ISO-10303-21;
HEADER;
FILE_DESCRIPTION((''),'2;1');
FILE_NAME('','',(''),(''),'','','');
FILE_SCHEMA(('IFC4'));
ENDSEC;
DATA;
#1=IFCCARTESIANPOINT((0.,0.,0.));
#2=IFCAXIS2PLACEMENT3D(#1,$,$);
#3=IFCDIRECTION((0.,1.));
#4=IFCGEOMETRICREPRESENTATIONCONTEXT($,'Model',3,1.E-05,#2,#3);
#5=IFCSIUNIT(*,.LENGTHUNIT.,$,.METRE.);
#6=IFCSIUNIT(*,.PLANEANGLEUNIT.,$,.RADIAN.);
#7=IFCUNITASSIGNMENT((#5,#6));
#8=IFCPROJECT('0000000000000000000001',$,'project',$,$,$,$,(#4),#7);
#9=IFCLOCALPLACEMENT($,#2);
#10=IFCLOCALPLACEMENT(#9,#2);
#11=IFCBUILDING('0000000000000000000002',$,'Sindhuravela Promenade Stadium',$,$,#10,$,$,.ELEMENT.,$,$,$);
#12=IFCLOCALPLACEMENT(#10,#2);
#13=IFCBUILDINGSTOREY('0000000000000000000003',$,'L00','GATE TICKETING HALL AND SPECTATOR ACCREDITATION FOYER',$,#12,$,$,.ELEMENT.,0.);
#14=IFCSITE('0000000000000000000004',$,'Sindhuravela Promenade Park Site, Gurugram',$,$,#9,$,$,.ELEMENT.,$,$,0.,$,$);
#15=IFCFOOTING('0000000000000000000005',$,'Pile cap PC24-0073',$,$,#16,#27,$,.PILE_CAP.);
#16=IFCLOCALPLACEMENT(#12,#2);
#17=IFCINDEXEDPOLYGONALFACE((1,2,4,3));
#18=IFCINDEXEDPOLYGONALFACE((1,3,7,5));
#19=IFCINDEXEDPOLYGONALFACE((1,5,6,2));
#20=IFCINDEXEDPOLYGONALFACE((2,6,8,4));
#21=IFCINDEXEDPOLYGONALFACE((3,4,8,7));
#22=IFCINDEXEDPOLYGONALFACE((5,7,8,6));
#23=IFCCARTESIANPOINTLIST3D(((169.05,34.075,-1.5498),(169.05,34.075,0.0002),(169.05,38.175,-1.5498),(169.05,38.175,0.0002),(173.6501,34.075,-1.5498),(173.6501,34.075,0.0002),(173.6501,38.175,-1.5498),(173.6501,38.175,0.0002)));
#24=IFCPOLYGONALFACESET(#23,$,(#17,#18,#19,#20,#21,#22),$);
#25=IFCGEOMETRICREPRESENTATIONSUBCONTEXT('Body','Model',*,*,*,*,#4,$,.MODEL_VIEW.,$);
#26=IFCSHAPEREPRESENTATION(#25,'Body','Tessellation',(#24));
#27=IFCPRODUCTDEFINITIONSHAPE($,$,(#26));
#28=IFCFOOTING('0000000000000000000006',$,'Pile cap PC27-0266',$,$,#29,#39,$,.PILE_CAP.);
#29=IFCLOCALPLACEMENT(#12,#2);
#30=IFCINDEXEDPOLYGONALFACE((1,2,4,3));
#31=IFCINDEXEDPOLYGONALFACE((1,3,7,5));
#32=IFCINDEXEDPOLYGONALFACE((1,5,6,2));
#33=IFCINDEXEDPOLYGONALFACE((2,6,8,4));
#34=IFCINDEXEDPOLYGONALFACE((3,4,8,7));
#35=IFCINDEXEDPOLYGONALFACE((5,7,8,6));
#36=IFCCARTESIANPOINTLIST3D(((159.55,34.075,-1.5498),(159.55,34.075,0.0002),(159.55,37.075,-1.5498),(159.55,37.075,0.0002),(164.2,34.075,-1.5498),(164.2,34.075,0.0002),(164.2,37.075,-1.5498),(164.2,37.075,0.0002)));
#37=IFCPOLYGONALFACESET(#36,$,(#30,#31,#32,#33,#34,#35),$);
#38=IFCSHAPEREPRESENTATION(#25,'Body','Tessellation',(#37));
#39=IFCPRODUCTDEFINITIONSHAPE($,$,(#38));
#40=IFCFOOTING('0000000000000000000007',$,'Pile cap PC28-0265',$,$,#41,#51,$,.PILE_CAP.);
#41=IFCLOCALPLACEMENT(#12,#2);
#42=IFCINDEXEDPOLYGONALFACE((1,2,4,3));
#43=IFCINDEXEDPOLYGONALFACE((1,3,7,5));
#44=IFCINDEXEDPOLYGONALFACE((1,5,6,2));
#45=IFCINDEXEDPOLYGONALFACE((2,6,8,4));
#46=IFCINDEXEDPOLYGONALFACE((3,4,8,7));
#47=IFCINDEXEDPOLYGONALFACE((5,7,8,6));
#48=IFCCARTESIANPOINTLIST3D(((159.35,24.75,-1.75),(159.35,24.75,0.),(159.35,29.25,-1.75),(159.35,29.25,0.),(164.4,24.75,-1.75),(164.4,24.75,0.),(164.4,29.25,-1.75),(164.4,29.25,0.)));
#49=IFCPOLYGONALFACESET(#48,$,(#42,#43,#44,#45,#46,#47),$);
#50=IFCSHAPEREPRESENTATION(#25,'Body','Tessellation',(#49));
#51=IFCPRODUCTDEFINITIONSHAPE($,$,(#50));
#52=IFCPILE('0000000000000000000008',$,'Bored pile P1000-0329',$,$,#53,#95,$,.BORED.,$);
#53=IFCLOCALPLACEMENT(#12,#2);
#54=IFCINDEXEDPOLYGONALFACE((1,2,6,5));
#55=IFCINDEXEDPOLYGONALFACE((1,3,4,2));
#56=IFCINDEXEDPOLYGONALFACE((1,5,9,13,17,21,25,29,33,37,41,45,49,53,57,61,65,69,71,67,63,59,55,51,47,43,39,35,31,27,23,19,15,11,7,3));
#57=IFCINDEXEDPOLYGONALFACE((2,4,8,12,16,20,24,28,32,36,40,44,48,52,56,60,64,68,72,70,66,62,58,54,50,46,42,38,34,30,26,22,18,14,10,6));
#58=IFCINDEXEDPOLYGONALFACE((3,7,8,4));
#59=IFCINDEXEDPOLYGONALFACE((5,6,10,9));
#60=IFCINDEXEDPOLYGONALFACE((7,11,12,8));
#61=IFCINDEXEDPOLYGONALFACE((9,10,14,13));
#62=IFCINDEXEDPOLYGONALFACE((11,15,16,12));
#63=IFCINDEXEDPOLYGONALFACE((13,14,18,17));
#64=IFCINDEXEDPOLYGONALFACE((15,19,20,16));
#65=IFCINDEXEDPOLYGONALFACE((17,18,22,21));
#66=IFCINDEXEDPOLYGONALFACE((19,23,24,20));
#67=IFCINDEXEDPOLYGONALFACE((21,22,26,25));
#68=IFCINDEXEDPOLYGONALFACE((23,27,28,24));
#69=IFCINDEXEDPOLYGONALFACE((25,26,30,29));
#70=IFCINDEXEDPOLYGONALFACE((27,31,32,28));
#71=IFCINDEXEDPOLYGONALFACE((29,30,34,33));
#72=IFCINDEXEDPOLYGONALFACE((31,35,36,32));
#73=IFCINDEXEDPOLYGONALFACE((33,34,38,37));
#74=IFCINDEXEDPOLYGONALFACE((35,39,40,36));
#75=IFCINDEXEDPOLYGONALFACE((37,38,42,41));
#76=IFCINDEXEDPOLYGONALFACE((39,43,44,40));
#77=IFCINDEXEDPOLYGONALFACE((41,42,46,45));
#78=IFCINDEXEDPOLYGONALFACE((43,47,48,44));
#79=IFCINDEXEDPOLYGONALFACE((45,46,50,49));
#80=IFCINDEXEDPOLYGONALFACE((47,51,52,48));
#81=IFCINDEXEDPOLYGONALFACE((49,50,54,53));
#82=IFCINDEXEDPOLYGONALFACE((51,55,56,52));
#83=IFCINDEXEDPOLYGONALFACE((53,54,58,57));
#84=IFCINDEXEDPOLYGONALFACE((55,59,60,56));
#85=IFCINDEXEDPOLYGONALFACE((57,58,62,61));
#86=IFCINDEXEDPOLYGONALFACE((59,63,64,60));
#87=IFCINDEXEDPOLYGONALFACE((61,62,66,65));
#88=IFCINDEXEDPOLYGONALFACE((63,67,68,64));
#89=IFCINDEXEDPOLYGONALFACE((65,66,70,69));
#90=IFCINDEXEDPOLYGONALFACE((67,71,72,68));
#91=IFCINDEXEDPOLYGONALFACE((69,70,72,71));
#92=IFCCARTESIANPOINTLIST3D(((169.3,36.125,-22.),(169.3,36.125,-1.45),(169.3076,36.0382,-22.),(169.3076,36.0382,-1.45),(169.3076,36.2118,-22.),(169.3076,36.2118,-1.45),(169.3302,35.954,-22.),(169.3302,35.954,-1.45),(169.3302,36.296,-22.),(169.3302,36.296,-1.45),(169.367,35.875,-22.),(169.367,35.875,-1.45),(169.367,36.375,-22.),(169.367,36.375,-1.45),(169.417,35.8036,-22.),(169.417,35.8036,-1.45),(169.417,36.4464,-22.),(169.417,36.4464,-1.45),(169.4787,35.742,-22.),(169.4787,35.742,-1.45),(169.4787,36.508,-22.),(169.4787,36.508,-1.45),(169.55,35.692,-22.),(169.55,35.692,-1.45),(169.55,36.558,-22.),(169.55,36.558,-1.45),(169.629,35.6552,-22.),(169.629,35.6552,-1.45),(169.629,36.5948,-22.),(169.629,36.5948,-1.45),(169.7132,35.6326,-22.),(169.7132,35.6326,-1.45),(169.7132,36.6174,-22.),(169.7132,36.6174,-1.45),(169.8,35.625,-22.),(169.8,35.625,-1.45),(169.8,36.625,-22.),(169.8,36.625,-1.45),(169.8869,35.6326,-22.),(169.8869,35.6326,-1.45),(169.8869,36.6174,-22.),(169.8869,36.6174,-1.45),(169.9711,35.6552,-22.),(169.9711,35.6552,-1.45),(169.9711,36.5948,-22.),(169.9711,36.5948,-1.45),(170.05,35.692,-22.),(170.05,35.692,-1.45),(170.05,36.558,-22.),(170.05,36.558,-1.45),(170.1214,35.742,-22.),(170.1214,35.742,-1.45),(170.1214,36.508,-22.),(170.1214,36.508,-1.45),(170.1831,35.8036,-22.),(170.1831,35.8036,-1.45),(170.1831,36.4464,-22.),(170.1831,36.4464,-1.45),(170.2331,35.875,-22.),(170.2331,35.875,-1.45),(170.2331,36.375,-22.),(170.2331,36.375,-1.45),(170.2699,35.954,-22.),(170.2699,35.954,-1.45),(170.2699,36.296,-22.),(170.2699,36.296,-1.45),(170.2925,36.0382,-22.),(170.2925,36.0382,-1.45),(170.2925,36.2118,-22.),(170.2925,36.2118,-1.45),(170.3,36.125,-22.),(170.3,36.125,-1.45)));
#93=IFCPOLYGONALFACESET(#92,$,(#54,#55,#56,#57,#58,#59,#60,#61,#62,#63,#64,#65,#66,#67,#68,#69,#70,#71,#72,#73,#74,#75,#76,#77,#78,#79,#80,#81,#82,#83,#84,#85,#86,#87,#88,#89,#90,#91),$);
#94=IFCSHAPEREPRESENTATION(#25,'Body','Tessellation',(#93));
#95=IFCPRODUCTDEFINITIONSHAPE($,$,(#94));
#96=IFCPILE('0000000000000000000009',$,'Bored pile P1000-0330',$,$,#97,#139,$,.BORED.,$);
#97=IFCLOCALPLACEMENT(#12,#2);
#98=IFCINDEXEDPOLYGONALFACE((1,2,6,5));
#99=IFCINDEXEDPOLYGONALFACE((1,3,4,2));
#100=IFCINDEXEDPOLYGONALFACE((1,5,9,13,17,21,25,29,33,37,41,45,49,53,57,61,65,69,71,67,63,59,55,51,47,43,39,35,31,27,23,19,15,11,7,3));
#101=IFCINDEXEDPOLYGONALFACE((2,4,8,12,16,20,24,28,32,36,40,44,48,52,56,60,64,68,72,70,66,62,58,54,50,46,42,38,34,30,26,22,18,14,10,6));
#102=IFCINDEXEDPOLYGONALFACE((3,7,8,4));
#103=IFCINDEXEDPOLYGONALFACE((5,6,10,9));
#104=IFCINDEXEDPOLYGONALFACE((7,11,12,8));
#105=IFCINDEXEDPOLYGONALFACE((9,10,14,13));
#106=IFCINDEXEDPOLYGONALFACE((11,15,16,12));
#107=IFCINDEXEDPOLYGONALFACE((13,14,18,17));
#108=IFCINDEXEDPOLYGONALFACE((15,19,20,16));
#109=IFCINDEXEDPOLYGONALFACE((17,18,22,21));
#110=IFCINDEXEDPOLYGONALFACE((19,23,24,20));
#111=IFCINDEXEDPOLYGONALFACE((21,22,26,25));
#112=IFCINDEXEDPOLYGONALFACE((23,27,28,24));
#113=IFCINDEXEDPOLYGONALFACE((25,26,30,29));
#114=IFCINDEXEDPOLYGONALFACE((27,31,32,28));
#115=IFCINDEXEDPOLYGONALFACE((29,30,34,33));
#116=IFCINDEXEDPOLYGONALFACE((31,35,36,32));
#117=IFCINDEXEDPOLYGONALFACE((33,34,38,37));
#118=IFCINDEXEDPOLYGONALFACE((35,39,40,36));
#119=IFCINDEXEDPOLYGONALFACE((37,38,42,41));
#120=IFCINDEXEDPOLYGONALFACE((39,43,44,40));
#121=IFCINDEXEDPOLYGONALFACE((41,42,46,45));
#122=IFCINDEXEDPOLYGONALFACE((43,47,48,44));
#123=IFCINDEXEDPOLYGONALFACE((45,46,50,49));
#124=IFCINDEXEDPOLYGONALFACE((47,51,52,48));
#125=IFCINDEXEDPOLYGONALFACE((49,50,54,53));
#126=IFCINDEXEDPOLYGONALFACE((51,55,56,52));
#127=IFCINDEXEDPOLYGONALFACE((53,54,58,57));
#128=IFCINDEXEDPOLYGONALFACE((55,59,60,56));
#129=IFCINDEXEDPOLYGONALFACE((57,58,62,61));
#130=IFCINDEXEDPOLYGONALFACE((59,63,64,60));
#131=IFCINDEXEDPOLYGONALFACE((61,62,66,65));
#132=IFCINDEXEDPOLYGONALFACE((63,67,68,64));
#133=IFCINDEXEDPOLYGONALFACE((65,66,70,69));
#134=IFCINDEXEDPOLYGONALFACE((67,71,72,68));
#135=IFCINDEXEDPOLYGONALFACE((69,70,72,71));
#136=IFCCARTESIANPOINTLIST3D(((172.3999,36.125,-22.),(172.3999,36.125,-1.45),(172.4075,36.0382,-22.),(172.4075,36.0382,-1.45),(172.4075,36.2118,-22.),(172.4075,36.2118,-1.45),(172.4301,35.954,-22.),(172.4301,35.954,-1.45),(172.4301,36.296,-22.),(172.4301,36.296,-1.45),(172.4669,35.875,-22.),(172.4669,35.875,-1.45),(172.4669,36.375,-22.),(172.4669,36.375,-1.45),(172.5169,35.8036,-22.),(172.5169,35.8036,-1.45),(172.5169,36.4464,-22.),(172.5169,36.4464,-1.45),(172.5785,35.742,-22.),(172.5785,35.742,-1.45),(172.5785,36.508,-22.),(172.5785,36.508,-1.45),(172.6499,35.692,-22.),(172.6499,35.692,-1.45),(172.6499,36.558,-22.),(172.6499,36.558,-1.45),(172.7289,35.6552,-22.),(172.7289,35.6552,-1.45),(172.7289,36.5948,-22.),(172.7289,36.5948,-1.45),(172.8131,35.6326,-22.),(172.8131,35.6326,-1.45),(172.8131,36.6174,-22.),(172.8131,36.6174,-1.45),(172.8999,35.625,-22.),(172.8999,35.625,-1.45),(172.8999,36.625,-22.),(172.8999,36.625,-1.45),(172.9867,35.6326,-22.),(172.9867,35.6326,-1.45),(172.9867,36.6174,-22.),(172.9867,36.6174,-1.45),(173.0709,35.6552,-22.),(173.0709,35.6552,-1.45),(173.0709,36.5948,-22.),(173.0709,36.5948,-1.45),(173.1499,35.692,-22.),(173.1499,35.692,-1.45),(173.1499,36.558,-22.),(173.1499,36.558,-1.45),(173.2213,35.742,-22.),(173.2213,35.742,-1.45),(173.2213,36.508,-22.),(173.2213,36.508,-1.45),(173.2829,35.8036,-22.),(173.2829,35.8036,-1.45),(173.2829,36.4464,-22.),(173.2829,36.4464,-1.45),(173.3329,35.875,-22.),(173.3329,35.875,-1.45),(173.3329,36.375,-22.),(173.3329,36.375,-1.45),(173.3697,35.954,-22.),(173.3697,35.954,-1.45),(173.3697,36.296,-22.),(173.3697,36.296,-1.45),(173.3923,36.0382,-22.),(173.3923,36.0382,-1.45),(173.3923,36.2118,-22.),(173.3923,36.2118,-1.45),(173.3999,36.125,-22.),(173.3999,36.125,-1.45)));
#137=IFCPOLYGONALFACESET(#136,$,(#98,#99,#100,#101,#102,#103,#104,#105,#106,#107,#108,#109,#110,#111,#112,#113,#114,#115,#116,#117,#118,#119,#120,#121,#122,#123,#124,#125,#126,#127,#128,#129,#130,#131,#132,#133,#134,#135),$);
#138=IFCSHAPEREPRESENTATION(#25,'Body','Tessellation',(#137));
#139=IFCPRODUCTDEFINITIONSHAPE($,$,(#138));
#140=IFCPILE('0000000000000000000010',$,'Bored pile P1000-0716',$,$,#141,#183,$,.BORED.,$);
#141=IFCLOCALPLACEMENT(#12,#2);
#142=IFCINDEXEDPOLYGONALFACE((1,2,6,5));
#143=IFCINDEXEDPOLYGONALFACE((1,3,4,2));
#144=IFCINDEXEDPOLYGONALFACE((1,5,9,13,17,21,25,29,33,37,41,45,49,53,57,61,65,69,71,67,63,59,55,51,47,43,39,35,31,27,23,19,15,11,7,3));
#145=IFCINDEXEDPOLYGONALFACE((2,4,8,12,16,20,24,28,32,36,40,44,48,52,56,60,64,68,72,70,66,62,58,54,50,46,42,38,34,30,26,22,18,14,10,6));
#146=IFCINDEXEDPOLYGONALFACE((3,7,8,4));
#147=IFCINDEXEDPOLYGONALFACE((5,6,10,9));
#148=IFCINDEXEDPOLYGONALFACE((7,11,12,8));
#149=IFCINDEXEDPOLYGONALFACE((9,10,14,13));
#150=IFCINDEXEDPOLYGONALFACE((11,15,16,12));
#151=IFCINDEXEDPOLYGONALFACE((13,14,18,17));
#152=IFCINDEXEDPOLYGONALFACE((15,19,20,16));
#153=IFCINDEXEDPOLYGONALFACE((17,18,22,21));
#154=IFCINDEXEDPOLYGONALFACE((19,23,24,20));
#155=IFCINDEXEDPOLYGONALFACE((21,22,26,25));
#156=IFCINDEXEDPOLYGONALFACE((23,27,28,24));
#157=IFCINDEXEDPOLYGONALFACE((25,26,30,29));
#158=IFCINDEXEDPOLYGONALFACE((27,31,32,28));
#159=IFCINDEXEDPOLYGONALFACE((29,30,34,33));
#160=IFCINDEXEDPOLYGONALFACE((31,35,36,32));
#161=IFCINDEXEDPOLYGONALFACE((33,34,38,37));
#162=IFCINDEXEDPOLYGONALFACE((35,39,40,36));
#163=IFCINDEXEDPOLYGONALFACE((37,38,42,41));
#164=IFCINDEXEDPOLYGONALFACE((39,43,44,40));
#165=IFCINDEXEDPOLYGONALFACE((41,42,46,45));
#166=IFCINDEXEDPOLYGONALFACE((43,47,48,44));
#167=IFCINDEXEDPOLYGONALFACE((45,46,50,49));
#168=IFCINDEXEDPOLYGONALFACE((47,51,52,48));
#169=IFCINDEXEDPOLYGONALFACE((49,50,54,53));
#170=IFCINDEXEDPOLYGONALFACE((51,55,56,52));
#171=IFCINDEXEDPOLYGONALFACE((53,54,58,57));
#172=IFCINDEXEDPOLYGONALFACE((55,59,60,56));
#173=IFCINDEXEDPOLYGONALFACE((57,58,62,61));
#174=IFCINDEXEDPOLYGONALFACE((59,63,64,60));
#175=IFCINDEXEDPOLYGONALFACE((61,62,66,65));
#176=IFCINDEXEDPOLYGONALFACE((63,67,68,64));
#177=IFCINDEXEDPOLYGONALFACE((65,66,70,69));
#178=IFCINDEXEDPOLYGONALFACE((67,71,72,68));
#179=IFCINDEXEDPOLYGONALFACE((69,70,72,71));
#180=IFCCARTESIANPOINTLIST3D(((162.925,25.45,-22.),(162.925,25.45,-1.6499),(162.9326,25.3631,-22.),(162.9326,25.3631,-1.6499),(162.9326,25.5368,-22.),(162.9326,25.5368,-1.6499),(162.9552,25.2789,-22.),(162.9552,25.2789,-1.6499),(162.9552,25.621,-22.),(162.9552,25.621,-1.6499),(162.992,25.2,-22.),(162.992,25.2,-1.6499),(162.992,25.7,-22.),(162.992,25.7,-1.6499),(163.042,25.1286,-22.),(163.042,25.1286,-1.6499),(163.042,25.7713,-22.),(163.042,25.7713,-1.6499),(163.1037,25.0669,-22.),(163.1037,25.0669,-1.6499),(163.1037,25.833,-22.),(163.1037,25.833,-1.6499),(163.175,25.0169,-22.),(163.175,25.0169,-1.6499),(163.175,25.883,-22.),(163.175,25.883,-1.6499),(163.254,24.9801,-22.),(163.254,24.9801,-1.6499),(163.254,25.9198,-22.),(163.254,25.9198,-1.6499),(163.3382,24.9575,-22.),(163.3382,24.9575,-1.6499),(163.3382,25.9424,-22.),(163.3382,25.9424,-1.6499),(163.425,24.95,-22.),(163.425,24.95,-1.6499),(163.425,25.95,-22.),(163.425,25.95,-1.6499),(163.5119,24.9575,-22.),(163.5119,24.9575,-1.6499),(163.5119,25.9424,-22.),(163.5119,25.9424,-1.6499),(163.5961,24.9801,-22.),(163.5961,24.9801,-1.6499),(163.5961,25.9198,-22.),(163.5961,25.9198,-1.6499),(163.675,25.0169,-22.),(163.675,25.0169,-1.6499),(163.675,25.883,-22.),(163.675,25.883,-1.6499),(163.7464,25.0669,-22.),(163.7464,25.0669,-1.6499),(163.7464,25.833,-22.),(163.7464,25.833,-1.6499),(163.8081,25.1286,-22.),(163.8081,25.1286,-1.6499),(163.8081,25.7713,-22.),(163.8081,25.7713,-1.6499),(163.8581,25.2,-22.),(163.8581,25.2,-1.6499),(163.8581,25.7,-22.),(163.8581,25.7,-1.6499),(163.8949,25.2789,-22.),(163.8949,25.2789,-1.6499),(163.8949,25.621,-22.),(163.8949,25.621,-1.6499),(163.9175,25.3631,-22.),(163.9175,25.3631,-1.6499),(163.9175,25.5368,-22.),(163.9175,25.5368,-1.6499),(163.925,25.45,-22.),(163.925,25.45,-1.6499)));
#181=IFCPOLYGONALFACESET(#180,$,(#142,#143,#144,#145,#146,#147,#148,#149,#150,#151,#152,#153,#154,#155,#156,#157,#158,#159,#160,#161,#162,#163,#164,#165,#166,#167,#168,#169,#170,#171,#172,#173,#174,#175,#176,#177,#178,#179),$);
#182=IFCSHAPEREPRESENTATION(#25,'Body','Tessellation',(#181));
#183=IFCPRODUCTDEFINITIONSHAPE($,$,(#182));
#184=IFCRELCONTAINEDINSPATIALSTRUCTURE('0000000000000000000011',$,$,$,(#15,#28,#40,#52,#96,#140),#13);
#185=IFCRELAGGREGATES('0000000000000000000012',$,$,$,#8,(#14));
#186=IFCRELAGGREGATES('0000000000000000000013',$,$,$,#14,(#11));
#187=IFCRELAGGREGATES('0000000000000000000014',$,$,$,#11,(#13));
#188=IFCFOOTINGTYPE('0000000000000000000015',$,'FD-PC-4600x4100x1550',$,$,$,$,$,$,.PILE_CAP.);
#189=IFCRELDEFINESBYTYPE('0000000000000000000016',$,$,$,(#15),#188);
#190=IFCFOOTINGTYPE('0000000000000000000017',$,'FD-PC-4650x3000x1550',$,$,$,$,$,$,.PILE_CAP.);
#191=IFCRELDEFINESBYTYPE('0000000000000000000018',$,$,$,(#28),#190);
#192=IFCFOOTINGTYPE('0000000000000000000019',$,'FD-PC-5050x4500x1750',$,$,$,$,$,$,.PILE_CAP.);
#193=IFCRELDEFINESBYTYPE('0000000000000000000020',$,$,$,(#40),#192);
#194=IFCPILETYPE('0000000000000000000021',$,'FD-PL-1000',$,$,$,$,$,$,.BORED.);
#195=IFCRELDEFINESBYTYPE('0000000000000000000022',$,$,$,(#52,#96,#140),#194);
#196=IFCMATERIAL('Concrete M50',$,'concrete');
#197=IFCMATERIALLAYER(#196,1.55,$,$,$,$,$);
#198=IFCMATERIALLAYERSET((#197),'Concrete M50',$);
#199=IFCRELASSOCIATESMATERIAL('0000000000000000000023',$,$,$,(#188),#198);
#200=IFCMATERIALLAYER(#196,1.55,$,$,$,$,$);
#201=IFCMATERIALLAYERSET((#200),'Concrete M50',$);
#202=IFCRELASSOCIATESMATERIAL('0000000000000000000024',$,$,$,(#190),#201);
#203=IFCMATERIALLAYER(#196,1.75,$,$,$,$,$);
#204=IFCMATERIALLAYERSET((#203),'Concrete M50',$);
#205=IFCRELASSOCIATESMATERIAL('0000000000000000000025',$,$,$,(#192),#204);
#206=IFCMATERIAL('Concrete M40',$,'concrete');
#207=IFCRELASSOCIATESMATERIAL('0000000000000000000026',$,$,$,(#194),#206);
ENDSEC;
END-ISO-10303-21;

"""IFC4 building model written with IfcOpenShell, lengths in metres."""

from ifc_helpers import new_model, si_unit, direction, frame, origin, origin_2d, place, context, subcontext, project, spatial, rectangle, circle, extrude, material, layer, layer_set, material_profile, profile_set, type_object, element, save


model = new_model("IFC4")

# Units and contexts
model_context = context("Model", 3, precision=1e-05, world=origin(), true_north=direction((0.0, 1.0)))
body_context = subcontext(model_context, "Body", "Model", "MODEL_VIEW")
ifc_project = project(units=[si_unit("LENGTHUNIT", "METRE"), si_unit("PLANEANGLEUNIT", "RADIAN")], contexts=[model_context])

# Site, building, storey
site_placement = place(None, origin())
site = spatial("IfcSite", under=ifc_project, at=site_placement, Name="Sindhuravela Promenade Park Site, Gurugram", CompositionType="ELEMENT", RefElevation=0.0)
building_placement = place(site_placement, origin())
building = spatial("IfcBuilding", under=site, at=building_placement, Name="Sindhuravela Promenade Stadium", CompositionType="ELEMENT")
storey_placement = place(building_placement, origin())
storey = spatial("IfcBuildingStorey", under=building, at=storey_placement, Name="L00", Description="GATE TICKETING HALL AND SPECTATOR ACCREDITATION FOYER", CompositionType="ELEMENT", Elevation=0.0)

# Footings
ifc_material_1 = material(Name="Concrete M50", Category="concrete")
ifc_layer_1 = layer(ifc_material_1, 1.55)
ifc_layer_set_1 = layer_set([ifc_layer_1], Name="Concrete M50")
footing_type_1 = type_object("IfcFootingType", Name="FD-PC-4600x4100x1550", PredefinedType="PILE_CAP", material=ifc_layer_set_1)
footing_1_placement = place(storey_placement, frame((171.3501, 36.125, -1.5498), z_axis=(0.0, 0.0, 1.0), x_axis=(1.0, 0.0, 0.0)))
element("IfcFooting", 1, at=footing_1_placement, inside=storey, type_object=footing_type_1, Name="Pile cap PC24-0073", PredefinedType="PILE_CAP", context=body_context, shape_type="SweptSolid", body=[
    extrude(rectangle(XDim=4.6001, YDim=4.1001, at=origin_2d()), origin(), (0.0, 0.0, 1.0), 1.55),
])
ifc_layer_2 = layer(ifc_material_1, 1.55)
ifc_layer_set_2 = layer_set([ifc_layer_2], Name="Concrete M50")
footing_type_2 = type_object("IfcFootingType", Name="FD-PC-4650x3000x1550", PredefinedType="PILE_CAP", material=ifc_layer_set_2)
footing_2_placement = place(storey_placement, frame((161.875, 35.575, -1.5498), z_axis=(0.0, 0.0, 1.0), x_axis=(1.0, 0.0, 0.0)))
element("IfcFooting", 2, at=footing_2_placement, inside=storey, type_object=footing_type_2, Name="Pile cap PC27-0266", PredefinedType="PILE_CAP", context=body_context, shape_type="SweptSolid", body=[
    extrude(rectangle(XDim=4.6499, YDim=3.0, at=origin_2d()), origin(), (0.0, 0.0, 1.0), 1.55),
])
ifc_layer_3 = layer(ifc_material_1, 1.75)
ifc_layer_set_3 = layer_set([ifc_layer_3], Name="Concrete M50")
footing_type_3 = type_object("IfcFootingType", Name="FD-PC-5050x4500x1750", PredefinedType="PILE_CAP", material=ifc_layer_set_3)
footing_3_placement = place(storey_placement, frame((161.875, 27.0, -1.75), z_axis=(0.0, 0.0, 1.0), x_axis=(1.0, 0.0, 0.0)))
element("IfcFooting", 3, at=footing_3_placement, inside=storey, type_object=footing_type_3, Name="Pile cap PC28-0265", PredefinedType="PILE_CAP", context=body_context, shape_type="SweptSolid", body=[
    extrude(rectangle(XDim=5.05, YDim=4.5, at=origin_2d()), origin(), (0.0, 0.0, 1.0), 1.75),
])

# Piles
ifc_material_2 = material(Name="Concrete M40", Category="concrete")
ifc_material_profile_1 = material_profile(ifc_material_2, circle(Radius=0.5, at=origin_2d()), Name="BORED PILE D1000")
ifc_profile_set_1 = profile_set([ifc_material_profile_1], Name="Concrete M40")
pile_type = type_object("IfcPileType", Name="FD-PL-1000", PredefinedType="BORED", material=ifc_profile_set_1)
for number, where, z_axis, x_axis, name in (
    (4, (169.8, 36.125, -1.45), (0.0, 0.0, -1.0), (1.0, 0.0, 0.0), "Bored pile P1000-0329"),
    (5, (172.8999, 36.125, -1.45), (0.0, 0.0, -1.0), (1.0, 0.0, 0.0), "Bored pile P1000-0330"),
):
    element("IfcPile", number, at=place(storey_placement, frame(where, z_axis=z_axis, x_axis=x_axis)), inside=storey, type_object=pile_type, Name=name, PredefinedType="BORED", context=body_context, shape_type="SweptSolid", body=[
        extrude(circle(Radius=0.5, at=origin_2d()), origin(), (0.0, 0.0, 1.0), 20.55),
    ])
for number, where, z_axis, x_axis, name in (
    (6, (163.425, 25.45, -1.6499), (0.0, 0.0, -1.0), (1.0, 0.0, 0.0), "Bored pile P1000-0716"),
):
    element("IfcPile", number, at=place(storey_placement, frame(where, z_axis=z_axis, x_axis=x_axis)), inside=storey, type_object=pile_type, Name=name, PredefinedType="BORED", context=body_context, shape_type="SweptSolid", body=[
        extrude(circle(Radius=0.5, at=origin_2d()), origin(), (0.0, 0.0, 1.0), 20.3501),
    ])

save(model, "model.ifc")
